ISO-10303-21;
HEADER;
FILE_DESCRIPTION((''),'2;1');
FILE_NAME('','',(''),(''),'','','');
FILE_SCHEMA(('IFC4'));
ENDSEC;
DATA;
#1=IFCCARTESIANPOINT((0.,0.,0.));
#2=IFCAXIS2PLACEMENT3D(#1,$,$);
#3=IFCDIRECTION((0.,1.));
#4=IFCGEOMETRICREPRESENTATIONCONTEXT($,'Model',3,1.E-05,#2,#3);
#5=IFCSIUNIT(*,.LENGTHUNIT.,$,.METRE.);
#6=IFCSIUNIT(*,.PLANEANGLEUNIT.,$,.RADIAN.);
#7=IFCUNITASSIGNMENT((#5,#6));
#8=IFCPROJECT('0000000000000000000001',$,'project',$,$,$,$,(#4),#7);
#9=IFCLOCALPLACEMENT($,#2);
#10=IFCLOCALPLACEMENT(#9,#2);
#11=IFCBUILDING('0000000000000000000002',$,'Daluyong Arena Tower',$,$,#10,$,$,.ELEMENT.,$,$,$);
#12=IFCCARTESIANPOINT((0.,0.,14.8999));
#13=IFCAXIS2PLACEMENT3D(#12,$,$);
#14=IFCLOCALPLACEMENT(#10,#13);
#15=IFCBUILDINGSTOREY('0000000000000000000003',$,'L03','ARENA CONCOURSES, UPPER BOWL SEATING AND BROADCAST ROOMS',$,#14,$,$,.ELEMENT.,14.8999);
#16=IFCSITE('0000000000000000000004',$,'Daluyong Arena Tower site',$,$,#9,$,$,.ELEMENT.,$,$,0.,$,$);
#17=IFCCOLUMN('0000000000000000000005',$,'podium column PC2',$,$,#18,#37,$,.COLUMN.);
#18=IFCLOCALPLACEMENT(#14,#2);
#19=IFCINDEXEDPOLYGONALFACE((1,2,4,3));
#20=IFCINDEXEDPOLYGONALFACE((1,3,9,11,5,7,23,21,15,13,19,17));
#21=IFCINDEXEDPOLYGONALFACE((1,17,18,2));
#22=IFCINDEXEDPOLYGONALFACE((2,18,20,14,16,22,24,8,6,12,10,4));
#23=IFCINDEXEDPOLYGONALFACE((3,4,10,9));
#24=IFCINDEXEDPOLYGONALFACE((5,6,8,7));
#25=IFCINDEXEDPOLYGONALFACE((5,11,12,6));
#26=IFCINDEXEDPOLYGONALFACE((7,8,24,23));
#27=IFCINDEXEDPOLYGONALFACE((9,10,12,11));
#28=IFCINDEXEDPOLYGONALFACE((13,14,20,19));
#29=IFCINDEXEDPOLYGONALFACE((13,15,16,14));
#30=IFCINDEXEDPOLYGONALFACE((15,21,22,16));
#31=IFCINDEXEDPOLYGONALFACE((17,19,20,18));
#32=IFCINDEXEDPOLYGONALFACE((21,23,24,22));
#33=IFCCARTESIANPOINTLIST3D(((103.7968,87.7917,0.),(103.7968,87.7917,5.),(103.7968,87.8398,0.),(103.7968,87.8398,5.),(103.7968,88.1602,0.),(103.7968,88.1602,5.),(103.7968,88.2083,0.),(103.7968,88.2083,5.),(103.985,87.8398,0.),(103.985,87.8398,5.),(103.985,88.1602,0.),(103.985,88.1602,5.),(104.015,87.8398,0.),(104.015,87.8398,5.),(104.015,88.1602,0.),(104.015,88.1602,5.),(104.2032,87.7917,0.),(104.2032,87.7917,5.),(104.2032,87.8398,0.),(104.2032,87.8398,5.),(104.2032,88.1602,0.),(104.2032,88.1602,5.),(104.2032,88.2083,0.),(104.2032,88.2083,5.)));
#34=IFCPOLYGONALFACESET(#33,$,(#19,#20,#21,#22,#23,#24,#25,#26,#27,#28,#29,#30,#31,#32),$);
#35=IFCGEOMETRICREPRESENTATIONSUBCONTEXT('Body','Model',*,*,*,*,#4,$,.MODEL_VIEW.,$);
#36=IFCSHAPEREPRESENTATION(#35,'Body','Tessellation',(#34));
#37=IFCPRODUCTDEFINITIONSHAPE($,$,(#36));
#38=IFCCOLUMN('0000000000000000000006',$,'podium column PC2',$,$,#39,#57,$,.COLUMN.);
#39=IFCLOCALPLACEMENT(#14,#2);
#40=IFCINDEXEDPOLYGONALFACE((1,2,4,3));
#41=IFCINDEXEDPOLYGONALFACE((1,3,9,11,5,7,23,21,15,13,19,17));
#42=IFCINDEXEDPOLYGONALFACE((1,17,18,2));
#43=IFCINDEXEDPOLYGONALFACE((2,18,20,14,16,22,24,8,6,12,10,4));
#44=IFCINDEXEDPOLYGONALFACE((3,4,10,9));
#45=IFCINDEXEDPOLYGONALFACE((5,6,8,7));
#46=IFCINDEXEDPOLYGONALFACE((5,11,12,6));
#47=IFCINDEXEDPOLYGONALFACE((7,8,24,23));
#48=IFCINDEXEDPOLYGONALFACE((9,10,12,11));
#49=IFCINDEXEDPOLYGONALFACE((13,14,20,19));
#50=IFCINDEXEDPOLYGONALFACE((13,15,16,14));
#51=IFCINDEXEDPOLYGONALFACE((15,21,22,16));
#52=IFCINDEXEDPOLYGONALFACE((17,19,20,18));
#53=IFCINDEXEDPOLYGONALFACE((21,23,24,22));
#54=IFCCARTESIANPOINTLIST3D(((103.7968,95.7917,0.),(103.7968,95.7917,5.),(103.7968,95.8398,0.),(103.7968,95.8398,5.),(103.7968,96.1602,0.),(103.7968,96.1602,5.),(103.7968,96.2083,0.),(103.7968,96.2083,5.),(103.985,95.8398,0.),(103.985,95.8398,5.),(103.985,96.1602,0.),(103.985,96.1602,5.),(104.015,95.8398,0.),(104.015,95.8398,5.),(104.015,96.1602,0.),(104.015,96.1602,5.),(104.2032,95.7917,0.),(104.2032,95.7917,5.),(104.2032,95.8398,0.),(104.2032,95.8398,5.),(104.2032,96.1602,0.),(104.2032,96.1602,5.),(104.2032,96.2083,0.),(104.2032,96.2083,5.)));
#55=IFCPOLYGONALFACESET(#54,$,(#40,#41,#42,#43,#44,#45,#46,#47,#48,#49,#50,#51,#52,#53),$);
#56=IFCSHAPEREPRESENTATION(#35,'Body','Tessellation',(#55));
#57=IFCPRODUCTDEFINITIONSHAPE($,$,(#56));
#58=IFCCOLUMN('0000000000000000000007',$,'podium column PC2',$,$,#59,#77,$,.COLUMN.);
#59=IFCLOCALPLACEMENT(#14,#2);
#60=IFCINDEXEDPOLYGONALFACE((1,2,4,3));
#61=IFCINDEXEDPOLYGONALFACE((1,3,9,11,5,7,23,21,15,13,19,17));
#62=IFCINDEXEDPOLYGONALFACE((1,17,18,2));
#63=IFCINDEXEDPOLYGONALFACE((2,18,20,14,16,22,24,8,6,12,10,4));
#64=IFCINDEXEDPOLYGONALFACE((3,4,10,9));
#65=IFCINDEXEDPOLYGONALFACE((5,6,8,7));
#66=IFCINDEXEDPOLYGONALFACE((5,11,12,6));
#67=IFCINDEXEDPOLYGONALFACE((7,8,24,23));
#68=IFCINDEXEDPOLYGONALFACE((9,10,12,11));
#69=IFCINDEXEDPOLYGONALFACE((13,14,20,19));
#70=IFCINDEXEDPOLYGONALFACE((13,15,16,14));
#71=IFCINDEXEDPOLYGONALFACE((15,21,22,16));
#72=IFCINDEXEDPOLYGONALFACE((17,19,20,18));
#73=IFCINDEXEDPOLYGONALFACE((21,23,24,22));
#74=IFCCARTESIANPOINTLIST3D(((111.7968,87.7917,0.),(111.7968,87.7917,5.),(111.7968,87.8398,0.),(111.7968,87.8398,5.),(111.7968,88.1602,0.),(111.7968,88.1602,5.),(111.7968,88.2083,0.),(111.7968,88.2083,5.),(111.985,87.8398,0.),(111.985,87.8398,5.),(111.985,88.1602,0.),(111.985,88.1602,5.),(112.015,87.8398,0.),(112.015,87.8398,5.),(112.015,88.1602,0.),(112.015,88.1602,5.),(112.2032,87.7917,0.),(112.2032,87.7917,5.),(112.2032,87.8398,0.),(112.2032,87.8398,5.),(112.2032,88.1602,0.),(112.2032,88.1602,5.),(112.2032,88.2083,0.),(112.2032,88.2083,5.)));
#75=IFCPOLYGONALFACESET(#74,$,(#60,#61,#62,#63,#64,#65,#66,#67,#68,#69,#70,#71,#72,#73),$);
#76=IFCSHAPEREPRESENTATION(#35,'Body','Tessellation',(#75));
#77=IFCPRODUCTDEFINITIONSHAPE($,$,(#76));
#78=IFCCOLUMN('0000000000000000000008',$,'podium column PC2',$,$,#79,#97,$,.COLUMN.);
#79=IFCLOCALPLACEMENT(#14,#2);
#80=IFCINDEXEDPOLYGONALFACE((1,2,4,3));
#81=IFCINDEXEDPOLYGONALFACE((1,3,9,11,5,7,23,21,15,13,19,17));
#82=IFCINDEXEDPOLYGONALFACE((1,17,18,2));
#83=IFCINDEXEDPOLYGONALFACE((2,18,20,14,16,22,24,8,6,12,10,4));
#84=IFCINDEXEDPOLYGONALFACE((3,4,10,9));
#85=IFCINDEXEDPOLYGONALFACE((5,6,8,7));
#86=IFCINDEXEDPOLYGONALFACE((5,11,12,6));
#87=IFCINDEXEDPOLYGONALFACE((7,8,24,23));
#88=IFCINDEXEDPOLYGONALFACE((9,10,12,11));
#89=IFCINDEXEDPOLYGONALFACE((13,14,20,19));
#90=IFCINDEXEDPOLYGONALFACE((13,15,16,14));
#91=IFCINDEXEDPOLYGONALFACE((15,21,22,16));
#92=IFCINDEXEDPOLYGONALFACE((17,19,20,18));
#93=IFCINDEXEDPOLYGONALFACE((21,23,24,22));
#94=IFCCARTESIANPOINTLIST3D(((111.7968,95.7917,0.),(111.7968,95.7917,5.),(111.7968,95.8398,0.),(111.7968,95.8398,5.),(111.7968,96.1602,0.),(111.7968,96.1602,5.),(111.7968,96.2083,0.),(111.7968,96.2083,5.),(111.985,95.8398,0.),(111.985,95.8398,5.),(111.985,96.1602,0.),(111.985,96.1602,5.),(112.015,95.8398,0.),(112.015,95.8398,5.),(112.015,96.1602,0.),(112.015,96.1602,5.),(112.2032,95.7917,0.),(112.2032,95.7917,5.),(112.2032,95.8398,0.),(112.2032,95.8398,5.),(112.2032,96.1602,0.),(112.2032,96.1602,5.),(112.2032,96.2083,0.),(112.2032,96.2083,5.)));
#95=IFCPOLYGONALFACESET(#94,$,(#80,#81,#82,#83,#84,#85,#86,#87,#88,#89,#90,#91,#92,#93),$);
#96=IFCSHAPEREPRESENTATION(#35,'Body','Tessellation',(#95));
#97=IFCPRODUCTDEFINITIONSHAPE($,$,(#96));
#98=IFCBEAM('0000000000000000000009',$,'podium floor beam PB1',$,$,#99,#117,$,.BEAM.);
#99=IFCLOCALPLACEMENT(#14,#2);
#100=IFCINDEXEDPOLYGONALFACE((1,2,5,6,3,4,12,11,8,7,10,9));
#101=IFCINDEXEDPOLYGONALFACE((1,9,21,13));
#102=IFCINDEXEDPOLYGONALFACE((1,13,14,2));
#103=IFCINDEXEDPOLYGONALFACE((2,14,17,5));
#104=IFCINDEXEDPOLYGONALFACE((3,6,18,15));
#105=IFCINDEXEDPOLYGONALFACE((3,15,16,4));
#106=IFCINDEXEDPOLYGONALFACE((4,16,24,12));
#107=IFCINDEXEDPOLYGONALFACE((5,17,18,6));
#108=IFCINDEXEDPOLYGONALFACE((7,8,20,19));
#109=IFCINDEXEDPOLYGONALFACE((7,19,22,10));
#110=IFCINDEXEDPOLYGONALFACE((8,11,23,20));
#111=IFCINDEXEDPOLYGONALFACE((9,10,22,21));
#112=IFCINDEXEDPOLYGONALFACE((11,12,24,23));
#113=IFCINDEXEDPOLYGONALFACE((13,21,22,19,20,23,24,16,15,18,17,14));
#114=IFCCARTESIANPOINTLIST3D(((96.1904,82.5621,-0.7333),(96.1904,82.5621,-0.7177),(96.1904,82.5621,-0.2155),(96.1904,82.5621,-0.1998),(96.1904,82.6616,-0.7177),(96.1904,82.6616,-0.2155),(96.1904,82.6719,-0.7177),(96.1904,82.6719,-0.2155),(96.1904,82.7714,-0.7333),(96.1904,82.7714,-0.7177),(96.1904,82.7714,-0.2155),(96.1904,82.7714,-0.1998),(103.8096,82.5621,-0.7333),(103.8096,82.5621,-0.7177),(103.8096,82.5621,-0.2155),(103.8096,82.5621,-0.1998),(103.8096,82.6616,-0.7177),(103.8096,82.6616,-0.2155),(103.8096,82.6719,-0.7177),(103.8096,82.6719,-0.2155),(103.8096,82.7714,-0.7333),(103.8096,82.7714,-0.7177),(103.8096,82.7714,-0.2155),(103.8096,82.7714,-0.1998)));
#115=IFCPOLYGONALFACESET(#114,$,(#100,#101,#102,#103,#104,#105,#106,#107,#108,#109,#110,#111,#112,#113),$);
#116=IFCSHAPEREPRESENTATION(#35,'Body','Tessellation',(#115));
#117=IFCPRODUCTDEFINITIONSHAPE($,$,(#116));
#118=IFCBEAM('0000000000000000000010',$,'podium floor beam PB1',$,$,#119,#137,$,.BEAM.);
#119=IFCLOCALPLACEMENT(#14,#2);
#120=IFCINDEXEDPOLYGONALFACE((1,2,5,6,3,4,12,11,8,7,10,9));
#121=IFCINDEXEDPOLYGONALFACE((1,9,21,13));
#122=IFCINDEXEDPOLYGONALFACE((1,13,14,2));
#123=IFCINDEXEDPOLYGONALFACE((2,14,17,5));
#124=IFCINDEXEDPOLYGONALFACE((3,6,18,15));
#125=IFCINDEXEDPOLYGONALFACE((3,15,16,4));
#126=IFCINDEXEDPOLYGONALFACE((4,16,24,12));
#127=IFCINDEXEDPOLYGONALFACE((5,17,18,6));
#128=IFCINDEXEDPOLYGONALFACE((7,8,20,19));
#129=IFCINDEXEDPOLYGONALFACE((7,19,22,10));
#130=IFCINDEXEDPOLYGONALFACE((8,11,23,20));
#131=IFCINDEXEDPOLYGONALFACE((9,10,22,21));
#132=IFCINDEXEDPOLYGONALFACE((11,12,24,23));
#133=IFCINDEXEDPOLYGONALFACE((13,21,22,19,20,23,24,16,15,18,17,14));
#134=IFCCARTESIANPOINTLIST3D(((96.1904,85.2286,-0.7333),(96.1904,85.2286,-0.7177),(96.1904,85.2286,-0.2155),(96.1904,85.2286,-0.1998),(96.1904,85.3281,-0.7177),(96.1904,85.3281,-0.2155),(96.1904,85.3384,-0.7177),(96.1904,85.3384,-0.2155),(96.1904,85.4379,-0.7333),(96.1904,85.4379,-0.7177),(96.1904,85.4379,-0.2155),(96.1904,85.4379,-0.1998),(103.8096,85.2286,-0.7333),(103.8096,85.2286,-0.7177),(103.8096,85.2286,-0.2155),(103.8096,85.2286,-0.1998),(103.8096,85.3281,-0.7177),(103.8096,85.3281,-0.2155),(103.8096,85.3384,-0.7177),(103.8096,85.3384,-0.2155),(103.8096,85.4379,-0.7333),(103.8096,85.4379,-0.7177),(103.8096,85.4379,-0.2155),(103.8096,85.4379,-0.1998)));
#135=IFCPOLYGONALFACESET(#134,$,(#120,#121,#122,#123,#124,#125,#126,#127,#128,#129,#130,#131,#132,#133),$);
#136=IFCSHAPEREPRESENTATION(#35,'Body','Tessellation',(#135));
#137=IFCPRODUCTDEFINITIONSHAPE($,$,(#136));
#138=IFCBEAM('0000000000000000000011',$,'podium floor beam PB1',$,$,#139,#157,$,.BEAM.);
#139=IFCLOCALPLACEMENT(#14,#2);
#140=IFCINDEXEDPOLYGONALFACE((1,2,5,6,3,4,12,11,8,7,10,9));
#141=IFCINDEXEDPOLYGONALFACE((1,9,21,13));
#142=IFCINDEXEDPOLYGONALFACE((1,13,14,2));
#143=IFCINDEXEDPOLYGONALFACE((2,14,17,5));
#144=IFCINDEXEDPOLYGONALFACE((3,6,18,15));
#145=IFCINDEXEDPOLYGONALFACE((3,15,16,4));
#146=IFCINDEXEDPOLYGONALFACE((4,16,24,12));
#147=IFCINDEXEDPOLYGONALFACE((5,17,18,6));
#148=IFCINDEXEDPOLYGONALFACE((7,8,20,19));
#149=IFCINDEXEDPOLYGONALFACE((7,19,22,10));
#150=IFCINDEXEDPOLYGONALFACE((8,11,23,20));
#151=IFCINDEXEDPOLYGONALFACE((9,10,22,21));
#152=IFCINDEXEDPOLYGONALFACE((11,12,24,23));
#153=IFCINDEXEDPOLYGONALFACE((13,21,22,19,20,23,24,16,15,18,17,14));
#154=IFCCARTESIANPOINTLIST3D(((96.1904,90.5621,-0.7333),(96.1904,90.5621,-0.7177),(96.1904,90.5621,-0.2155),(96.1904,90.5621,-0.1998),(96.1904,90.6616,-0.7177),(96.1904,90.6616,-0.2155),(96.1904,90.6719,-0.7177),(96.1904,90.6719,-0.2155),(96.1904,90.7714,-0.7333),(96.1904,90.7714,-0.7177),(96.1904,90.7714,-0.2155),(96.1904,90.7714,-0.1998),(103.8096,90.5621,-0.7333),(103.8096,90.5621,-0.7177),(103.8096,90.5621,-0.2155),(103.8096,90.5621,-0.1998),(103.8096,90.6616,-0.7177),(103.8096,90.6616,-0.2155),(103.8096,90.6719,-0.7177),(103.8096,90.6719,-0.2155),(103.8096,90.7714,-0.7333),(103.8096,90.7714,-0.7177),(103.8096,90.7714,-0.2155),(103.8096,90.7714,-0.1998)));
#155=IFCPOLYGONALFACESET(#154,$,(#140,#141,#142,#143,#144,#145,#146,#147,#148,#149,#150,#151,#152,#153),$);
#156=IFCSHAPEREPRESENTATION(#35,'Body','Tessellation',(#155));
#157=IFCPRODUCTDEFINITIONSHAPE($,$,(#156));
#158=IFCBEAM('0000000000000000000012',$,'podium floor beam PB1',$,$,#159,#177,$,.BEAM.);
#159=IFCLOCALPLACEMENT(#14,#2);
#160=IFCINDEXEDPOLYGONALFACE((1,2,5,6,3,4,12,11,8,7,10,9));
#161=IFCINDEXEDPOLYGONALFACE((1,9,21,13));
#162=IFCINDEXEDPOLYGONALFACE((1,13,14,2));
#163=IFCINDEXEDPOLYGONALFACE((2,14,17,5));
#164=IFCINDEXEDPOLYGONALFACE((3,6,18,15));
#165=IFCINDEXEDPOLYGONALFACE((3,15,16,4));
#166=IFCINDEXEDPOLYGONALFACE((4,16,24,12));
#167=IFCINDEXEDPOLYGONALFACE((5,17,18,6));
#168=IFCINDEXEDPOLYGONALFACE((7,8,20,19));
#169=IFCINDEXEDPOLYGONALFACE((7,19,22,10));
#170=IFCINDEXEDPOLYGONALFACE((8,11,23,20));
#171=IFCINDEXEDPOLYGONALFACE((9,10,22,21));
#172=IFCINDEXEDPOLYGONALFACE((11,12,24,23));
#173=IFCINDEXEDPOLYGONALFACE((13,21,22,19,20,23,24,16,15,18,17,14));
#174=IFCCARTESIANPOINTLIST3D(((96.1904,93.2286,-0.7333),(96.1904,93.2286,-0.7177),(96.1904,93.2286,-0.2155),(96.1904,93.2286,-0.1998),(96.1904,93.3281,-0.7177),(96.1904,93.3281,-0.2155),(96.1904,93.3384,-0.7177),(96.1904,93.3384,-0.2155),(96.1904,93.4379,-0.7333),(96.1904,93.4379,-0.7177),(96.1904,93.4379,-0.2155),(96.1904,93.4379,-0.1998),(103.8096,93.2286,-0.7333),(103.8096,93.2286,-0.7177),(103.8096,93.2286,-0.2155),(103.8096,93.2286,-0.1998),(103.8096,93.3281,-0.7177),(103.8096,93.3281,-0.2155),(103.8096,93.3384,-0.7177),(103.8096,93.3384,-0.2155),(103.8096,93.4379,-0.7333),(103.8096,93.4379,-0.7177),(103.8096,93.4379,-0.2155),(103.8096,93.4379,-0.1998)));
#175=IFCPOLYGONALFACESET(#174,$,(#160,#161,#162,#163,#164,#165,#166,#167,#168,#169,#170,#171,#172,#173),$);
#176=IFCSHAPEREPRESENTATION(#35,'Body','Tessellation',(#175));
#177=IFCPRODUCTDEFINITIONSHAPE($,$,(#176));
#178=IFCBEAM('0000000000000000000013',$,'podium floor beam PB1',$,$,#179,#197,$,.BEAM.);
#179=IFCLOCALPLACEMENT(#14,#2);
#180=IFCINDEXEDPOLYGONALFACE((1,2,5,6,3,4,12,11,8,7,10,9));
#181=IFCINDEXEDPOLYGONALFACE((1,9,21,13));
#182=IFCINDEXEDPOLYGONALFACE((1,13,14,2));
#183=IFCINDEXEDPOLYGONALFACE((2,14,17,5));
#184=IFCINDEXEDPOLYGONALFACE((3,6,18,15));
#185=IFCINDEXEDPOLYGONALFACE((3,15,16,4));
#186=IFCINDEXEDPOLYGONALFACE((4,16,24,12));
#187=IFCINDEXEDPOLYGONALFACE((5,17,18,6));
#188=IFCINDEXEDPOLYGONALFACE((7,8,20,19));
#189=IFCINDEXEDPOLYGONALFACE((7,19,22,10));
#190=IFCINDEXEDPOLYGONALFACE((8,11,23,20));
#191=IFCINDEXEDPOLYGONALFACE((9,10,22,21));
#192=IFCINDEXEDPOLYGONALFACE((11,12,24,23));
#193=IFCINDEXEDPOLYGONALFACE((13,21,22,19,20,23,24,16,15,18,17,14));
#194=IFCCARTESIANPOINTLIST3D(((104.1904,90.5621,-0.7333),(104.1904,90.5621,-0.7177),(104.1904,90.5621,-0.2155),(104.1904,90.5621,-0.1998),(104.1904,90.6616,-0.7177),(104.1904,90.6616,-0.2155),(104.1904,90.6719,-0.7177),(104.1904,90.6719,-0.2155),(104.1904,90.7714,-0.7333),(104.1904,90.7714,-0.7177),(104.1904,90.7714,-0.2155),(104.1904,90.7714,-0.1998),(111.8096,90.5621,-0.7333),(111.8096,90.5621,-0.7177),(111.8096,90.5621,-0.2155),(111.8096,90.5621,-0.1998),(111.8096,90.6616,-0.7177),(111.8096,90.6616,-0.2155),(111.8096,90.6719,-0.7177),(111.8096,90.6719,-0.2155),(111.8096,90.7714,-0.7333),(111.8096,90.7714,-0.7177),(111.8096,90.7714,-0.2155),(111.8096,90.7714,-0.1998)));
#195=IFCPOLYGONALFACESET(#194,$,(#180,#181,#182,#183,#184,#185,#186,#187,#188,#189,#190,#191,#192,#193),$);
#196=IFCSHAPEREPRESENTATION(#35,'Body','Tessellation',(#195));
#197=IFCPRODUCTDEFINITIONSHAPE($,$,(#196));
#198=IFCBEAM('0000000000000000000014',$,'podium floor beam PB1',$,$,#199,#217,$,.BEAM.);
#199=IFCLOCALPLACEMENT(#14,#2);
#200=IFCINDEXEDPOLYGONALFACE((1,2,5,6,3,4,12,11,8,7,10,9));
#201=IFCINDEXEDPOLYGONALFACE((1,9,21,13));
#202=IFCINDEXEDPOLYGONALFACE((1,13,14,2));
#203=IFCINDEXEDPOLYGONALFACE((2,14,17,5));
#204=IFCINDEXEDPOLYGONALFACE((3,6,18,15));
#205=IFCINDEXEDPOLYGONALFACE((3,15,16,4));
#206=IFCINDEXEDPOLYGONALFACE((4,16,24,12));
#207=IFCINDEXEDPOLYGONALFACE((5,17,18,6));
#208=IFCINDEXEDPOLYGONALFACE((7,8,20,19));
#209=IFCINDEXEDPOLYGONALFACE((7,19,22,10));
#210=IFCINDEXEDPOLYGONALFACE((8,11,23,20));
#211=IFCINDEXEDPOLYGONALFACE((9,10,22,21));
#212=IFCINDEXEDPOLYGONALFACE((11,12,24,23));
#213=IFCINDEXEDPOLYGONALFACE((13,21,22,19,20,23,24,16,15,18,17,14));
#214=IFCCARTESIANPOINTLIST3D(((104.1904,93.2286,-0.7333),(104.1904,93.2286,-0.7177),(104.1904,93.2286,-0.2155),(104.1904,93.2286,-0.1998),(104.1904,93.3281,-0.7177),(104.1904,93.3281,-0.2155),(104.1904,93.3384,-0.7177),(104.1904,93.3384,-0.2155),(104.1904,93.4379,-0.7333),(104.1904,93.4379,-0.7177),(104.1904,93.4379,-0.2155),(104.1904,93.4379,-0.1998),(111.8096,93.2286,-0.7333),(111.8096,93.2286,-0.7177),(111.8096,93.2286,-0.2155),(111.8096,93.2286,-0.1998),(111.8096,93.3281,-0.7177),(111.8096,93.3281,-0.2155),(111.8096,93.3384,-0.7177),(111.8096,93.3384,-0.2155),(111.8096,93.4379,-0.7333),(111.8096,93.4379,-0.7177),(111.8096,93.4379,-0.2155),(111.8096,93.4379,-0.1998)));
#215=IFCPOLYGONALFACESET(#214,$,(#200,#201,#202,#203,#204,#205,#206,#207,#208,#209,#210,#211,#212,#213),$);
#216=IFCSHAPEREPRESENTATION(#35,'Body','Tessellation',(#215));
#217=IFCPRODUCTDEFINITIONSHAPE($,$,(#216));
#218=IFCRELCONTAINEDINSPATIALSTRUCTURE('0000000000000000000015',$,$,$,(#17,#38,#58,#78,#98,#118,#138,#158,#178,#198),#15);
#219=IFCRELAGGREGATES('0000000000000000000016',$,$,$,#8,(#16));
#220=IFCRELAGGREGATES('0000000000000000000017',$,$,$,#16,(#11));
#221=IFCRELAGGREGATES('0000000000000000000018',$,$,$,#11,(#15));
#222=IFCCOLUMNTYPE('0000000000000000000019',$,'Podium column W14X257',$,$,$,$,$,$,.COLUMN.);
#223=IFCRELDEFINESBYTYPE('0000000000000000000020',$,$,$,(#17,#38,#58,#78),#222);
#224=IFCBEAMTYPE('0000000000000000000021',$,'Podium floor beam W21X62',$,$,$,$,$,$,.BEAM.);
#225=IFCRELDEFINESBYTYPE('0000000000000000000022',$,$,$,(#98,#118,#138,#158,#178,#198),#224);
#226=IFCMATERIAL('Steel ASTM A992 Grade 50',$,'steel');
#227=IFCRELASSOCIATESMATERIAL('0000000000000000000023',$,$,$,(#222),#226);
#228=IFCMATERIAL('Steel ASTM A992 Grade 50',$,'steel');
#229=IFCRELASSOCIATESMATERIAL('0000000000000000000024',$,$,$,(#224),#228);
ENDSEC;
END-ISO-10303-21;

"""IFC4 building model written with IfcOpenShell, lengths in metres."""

from ifc_helpers import new_model, si_unit, direction, frame, origin, origin_2d, place, context, subcontext, project, spatial, i_section, extrude, material, material_profile, profile_set, type_object, element, save


model = new_model("IFC4")

# Units and contexts
model_context = context("Model", 3, precision=1e-05, world=origin(), true_north=direction((0.0, 1.0)))
body_context = subcontext(model_context, "Body", "Model", "MODEL_VIEW")
ifc_project = project(units=[si_unit("LENGTHUNIT", "METRE"), si_unit("PLANEANGLEUNIT", "RADIAN")], contexts=[model_context])

# Site, building, storey
site_placement = place(None, origin())
site = spatial("IfcSite", under=ifc_project, at=site_placement, Name="Daluyong Arena Tower site", CompositionType="ELEMENT", RefElevation=0.0)
building_placement = place(site_placement, origin())
building = spatial("IfcBuilding", under=site, at=building_placement, Name="Daluyong Arena Tower", CompositionType="ELEMENT")
storey_placement = place(building_placement, frame((0.0, 0.0, 14.8999)))
storey = spatial("IfcBuildingStorey", under=building, at=storey_placement, Name="L03", Description="ARENA CONCOURSES, UPPER BOWL SEATING AND BROADCAST ROOMS", CompositionType="ELEMENT", Elevation=14.8999)

# Columns
ifc_material_1 = material(Name="Steel ASTM A992 Grade 50", Category="steel")
ifc_material_profile_1 = material_profile(ifc_material_1, i_section(OverallWidth=0.4065, OverallDepth=0.4165, WebThickness=0.03, FlangeThickness=0.0481, at=origin_2d()))
ifc_profile_set_1 = profile_set([ifc_material_profile_1], Name="Steel ASTM A992 Grade 50")
column_type = type_object("IfcColumnType", Name="Podium column W14X257", PredefinedType="COLUMN", material=ifc_profile_set_1)
for number, where, z_axis, x_axis, name in (
    (1, (104.0, 88.0, 0.0), (0.0, 0.0, 1.0), (1.0, 0.0, 0.0), "podium column PC2"),
    (2, (104.0, 96.0, 0.0), (0.0, 0.0, 1.0), (1.0, 0.0, 0.0), "podium column PC2"),
    (3, (112.0, 88.0, 0.0), (0.0, 0.0, 1.0), (1.0, 0.0, 0.0), "podium column PC2"),
    (4, (112.0, 96.0, 0.0), (0.0, 0.0, 1.0), (1.0, 0.0, 0.0), "podium column PC2"),
):
    element("IfcColumn", number, at=place(storey_placement, frame(where, z_axis=z_axis, x_axis=x_axis)), inside=storey, type_object=column_type, Name=name, PredefinedType="COLUMN", context=body_context, shape_type="SweptSolid", body=[
        extrude(i_section(OverallWidth=0.4065, OverallDepth=0.4165, WebThickness=0.03, FlangeThickness=0.0481, at=origin_2d()), origin(), (0.0, 0.0, 1.0), 5.0),
    ])

# Beams
ifc_material_2 = material(Name="Steel ASTM A992 Grade 50", Category="steel")
ifc_material_profile_2 = material_profile(ifc_material_2, i_section(OverallWidth=0.2092, OverallDepth=0.5334, WebThickness=0.0103, FlangeThickness=0.0156, at=origin_2d()))
ifc_profile_set_2 = profile_set([ifc_material_profile_2], Name="Steel ASTM A992 Grade 50")
beam_type_1 = type_object("IfcBeamType", Name="Podium floor beam W21X62", PredefinedType="BEAM", material=ifc_profile_set_2)
for number, where, z_axis, x_axis, name in (
    (5, (96.1904, 82.6667, -0.4666), (1.0, 0.0, 0.0), (0.0, 1.0, 0.0), "podium floor beam PB1"),
    (6, (96.1904, 85.3333, -0.4666), (1.0, 0.0, 0.0), (0.0, 1.0, 0.0), "podium floor beam PB1"),
    (7, (96.1904, 90.6667, -0.4666), (1.0, 0.0, 0.0), (0.0, 1.0, 0.0), "podium floor beam PB1"),
    (8, (96.1904, 93.3333, -0.4666), (1.0, 0.0, 0.0), (0.0, 1.0, 0.0), "podium floor beam PB1"),
    (9, (104.1904, 90.6667, -0.4666), (1.0, 0.0, 0.0), (0.0, 1.0, 0.0), "podium floor beam PB1"),
    (10, (104.1904, 93.3333, -0.4666), (1.0, 0.0, 0.0), (0.0, 1.0, 0.0), "podium floor beam PB1"),
):
    element("IfcBeam", number, at=place(storey_placement, frame(where, z_axis=z_axis, x_axis=x_axis)), inside=storey, type_object=beam_type_1, Name=name, PredefinedType="BEAM", context=body_context, shape_type="SweptSolid", body=[
        extrude(i_section(OverallWidth=0.2092, OverallDepth=0.5334, WebThickness=0.0103, FlangeThickness=0.0156, at=origin_2d()), origin(), (0.0, 0.0, 1.0), 7.6191),
    ])

save(model, "model.ifc")
